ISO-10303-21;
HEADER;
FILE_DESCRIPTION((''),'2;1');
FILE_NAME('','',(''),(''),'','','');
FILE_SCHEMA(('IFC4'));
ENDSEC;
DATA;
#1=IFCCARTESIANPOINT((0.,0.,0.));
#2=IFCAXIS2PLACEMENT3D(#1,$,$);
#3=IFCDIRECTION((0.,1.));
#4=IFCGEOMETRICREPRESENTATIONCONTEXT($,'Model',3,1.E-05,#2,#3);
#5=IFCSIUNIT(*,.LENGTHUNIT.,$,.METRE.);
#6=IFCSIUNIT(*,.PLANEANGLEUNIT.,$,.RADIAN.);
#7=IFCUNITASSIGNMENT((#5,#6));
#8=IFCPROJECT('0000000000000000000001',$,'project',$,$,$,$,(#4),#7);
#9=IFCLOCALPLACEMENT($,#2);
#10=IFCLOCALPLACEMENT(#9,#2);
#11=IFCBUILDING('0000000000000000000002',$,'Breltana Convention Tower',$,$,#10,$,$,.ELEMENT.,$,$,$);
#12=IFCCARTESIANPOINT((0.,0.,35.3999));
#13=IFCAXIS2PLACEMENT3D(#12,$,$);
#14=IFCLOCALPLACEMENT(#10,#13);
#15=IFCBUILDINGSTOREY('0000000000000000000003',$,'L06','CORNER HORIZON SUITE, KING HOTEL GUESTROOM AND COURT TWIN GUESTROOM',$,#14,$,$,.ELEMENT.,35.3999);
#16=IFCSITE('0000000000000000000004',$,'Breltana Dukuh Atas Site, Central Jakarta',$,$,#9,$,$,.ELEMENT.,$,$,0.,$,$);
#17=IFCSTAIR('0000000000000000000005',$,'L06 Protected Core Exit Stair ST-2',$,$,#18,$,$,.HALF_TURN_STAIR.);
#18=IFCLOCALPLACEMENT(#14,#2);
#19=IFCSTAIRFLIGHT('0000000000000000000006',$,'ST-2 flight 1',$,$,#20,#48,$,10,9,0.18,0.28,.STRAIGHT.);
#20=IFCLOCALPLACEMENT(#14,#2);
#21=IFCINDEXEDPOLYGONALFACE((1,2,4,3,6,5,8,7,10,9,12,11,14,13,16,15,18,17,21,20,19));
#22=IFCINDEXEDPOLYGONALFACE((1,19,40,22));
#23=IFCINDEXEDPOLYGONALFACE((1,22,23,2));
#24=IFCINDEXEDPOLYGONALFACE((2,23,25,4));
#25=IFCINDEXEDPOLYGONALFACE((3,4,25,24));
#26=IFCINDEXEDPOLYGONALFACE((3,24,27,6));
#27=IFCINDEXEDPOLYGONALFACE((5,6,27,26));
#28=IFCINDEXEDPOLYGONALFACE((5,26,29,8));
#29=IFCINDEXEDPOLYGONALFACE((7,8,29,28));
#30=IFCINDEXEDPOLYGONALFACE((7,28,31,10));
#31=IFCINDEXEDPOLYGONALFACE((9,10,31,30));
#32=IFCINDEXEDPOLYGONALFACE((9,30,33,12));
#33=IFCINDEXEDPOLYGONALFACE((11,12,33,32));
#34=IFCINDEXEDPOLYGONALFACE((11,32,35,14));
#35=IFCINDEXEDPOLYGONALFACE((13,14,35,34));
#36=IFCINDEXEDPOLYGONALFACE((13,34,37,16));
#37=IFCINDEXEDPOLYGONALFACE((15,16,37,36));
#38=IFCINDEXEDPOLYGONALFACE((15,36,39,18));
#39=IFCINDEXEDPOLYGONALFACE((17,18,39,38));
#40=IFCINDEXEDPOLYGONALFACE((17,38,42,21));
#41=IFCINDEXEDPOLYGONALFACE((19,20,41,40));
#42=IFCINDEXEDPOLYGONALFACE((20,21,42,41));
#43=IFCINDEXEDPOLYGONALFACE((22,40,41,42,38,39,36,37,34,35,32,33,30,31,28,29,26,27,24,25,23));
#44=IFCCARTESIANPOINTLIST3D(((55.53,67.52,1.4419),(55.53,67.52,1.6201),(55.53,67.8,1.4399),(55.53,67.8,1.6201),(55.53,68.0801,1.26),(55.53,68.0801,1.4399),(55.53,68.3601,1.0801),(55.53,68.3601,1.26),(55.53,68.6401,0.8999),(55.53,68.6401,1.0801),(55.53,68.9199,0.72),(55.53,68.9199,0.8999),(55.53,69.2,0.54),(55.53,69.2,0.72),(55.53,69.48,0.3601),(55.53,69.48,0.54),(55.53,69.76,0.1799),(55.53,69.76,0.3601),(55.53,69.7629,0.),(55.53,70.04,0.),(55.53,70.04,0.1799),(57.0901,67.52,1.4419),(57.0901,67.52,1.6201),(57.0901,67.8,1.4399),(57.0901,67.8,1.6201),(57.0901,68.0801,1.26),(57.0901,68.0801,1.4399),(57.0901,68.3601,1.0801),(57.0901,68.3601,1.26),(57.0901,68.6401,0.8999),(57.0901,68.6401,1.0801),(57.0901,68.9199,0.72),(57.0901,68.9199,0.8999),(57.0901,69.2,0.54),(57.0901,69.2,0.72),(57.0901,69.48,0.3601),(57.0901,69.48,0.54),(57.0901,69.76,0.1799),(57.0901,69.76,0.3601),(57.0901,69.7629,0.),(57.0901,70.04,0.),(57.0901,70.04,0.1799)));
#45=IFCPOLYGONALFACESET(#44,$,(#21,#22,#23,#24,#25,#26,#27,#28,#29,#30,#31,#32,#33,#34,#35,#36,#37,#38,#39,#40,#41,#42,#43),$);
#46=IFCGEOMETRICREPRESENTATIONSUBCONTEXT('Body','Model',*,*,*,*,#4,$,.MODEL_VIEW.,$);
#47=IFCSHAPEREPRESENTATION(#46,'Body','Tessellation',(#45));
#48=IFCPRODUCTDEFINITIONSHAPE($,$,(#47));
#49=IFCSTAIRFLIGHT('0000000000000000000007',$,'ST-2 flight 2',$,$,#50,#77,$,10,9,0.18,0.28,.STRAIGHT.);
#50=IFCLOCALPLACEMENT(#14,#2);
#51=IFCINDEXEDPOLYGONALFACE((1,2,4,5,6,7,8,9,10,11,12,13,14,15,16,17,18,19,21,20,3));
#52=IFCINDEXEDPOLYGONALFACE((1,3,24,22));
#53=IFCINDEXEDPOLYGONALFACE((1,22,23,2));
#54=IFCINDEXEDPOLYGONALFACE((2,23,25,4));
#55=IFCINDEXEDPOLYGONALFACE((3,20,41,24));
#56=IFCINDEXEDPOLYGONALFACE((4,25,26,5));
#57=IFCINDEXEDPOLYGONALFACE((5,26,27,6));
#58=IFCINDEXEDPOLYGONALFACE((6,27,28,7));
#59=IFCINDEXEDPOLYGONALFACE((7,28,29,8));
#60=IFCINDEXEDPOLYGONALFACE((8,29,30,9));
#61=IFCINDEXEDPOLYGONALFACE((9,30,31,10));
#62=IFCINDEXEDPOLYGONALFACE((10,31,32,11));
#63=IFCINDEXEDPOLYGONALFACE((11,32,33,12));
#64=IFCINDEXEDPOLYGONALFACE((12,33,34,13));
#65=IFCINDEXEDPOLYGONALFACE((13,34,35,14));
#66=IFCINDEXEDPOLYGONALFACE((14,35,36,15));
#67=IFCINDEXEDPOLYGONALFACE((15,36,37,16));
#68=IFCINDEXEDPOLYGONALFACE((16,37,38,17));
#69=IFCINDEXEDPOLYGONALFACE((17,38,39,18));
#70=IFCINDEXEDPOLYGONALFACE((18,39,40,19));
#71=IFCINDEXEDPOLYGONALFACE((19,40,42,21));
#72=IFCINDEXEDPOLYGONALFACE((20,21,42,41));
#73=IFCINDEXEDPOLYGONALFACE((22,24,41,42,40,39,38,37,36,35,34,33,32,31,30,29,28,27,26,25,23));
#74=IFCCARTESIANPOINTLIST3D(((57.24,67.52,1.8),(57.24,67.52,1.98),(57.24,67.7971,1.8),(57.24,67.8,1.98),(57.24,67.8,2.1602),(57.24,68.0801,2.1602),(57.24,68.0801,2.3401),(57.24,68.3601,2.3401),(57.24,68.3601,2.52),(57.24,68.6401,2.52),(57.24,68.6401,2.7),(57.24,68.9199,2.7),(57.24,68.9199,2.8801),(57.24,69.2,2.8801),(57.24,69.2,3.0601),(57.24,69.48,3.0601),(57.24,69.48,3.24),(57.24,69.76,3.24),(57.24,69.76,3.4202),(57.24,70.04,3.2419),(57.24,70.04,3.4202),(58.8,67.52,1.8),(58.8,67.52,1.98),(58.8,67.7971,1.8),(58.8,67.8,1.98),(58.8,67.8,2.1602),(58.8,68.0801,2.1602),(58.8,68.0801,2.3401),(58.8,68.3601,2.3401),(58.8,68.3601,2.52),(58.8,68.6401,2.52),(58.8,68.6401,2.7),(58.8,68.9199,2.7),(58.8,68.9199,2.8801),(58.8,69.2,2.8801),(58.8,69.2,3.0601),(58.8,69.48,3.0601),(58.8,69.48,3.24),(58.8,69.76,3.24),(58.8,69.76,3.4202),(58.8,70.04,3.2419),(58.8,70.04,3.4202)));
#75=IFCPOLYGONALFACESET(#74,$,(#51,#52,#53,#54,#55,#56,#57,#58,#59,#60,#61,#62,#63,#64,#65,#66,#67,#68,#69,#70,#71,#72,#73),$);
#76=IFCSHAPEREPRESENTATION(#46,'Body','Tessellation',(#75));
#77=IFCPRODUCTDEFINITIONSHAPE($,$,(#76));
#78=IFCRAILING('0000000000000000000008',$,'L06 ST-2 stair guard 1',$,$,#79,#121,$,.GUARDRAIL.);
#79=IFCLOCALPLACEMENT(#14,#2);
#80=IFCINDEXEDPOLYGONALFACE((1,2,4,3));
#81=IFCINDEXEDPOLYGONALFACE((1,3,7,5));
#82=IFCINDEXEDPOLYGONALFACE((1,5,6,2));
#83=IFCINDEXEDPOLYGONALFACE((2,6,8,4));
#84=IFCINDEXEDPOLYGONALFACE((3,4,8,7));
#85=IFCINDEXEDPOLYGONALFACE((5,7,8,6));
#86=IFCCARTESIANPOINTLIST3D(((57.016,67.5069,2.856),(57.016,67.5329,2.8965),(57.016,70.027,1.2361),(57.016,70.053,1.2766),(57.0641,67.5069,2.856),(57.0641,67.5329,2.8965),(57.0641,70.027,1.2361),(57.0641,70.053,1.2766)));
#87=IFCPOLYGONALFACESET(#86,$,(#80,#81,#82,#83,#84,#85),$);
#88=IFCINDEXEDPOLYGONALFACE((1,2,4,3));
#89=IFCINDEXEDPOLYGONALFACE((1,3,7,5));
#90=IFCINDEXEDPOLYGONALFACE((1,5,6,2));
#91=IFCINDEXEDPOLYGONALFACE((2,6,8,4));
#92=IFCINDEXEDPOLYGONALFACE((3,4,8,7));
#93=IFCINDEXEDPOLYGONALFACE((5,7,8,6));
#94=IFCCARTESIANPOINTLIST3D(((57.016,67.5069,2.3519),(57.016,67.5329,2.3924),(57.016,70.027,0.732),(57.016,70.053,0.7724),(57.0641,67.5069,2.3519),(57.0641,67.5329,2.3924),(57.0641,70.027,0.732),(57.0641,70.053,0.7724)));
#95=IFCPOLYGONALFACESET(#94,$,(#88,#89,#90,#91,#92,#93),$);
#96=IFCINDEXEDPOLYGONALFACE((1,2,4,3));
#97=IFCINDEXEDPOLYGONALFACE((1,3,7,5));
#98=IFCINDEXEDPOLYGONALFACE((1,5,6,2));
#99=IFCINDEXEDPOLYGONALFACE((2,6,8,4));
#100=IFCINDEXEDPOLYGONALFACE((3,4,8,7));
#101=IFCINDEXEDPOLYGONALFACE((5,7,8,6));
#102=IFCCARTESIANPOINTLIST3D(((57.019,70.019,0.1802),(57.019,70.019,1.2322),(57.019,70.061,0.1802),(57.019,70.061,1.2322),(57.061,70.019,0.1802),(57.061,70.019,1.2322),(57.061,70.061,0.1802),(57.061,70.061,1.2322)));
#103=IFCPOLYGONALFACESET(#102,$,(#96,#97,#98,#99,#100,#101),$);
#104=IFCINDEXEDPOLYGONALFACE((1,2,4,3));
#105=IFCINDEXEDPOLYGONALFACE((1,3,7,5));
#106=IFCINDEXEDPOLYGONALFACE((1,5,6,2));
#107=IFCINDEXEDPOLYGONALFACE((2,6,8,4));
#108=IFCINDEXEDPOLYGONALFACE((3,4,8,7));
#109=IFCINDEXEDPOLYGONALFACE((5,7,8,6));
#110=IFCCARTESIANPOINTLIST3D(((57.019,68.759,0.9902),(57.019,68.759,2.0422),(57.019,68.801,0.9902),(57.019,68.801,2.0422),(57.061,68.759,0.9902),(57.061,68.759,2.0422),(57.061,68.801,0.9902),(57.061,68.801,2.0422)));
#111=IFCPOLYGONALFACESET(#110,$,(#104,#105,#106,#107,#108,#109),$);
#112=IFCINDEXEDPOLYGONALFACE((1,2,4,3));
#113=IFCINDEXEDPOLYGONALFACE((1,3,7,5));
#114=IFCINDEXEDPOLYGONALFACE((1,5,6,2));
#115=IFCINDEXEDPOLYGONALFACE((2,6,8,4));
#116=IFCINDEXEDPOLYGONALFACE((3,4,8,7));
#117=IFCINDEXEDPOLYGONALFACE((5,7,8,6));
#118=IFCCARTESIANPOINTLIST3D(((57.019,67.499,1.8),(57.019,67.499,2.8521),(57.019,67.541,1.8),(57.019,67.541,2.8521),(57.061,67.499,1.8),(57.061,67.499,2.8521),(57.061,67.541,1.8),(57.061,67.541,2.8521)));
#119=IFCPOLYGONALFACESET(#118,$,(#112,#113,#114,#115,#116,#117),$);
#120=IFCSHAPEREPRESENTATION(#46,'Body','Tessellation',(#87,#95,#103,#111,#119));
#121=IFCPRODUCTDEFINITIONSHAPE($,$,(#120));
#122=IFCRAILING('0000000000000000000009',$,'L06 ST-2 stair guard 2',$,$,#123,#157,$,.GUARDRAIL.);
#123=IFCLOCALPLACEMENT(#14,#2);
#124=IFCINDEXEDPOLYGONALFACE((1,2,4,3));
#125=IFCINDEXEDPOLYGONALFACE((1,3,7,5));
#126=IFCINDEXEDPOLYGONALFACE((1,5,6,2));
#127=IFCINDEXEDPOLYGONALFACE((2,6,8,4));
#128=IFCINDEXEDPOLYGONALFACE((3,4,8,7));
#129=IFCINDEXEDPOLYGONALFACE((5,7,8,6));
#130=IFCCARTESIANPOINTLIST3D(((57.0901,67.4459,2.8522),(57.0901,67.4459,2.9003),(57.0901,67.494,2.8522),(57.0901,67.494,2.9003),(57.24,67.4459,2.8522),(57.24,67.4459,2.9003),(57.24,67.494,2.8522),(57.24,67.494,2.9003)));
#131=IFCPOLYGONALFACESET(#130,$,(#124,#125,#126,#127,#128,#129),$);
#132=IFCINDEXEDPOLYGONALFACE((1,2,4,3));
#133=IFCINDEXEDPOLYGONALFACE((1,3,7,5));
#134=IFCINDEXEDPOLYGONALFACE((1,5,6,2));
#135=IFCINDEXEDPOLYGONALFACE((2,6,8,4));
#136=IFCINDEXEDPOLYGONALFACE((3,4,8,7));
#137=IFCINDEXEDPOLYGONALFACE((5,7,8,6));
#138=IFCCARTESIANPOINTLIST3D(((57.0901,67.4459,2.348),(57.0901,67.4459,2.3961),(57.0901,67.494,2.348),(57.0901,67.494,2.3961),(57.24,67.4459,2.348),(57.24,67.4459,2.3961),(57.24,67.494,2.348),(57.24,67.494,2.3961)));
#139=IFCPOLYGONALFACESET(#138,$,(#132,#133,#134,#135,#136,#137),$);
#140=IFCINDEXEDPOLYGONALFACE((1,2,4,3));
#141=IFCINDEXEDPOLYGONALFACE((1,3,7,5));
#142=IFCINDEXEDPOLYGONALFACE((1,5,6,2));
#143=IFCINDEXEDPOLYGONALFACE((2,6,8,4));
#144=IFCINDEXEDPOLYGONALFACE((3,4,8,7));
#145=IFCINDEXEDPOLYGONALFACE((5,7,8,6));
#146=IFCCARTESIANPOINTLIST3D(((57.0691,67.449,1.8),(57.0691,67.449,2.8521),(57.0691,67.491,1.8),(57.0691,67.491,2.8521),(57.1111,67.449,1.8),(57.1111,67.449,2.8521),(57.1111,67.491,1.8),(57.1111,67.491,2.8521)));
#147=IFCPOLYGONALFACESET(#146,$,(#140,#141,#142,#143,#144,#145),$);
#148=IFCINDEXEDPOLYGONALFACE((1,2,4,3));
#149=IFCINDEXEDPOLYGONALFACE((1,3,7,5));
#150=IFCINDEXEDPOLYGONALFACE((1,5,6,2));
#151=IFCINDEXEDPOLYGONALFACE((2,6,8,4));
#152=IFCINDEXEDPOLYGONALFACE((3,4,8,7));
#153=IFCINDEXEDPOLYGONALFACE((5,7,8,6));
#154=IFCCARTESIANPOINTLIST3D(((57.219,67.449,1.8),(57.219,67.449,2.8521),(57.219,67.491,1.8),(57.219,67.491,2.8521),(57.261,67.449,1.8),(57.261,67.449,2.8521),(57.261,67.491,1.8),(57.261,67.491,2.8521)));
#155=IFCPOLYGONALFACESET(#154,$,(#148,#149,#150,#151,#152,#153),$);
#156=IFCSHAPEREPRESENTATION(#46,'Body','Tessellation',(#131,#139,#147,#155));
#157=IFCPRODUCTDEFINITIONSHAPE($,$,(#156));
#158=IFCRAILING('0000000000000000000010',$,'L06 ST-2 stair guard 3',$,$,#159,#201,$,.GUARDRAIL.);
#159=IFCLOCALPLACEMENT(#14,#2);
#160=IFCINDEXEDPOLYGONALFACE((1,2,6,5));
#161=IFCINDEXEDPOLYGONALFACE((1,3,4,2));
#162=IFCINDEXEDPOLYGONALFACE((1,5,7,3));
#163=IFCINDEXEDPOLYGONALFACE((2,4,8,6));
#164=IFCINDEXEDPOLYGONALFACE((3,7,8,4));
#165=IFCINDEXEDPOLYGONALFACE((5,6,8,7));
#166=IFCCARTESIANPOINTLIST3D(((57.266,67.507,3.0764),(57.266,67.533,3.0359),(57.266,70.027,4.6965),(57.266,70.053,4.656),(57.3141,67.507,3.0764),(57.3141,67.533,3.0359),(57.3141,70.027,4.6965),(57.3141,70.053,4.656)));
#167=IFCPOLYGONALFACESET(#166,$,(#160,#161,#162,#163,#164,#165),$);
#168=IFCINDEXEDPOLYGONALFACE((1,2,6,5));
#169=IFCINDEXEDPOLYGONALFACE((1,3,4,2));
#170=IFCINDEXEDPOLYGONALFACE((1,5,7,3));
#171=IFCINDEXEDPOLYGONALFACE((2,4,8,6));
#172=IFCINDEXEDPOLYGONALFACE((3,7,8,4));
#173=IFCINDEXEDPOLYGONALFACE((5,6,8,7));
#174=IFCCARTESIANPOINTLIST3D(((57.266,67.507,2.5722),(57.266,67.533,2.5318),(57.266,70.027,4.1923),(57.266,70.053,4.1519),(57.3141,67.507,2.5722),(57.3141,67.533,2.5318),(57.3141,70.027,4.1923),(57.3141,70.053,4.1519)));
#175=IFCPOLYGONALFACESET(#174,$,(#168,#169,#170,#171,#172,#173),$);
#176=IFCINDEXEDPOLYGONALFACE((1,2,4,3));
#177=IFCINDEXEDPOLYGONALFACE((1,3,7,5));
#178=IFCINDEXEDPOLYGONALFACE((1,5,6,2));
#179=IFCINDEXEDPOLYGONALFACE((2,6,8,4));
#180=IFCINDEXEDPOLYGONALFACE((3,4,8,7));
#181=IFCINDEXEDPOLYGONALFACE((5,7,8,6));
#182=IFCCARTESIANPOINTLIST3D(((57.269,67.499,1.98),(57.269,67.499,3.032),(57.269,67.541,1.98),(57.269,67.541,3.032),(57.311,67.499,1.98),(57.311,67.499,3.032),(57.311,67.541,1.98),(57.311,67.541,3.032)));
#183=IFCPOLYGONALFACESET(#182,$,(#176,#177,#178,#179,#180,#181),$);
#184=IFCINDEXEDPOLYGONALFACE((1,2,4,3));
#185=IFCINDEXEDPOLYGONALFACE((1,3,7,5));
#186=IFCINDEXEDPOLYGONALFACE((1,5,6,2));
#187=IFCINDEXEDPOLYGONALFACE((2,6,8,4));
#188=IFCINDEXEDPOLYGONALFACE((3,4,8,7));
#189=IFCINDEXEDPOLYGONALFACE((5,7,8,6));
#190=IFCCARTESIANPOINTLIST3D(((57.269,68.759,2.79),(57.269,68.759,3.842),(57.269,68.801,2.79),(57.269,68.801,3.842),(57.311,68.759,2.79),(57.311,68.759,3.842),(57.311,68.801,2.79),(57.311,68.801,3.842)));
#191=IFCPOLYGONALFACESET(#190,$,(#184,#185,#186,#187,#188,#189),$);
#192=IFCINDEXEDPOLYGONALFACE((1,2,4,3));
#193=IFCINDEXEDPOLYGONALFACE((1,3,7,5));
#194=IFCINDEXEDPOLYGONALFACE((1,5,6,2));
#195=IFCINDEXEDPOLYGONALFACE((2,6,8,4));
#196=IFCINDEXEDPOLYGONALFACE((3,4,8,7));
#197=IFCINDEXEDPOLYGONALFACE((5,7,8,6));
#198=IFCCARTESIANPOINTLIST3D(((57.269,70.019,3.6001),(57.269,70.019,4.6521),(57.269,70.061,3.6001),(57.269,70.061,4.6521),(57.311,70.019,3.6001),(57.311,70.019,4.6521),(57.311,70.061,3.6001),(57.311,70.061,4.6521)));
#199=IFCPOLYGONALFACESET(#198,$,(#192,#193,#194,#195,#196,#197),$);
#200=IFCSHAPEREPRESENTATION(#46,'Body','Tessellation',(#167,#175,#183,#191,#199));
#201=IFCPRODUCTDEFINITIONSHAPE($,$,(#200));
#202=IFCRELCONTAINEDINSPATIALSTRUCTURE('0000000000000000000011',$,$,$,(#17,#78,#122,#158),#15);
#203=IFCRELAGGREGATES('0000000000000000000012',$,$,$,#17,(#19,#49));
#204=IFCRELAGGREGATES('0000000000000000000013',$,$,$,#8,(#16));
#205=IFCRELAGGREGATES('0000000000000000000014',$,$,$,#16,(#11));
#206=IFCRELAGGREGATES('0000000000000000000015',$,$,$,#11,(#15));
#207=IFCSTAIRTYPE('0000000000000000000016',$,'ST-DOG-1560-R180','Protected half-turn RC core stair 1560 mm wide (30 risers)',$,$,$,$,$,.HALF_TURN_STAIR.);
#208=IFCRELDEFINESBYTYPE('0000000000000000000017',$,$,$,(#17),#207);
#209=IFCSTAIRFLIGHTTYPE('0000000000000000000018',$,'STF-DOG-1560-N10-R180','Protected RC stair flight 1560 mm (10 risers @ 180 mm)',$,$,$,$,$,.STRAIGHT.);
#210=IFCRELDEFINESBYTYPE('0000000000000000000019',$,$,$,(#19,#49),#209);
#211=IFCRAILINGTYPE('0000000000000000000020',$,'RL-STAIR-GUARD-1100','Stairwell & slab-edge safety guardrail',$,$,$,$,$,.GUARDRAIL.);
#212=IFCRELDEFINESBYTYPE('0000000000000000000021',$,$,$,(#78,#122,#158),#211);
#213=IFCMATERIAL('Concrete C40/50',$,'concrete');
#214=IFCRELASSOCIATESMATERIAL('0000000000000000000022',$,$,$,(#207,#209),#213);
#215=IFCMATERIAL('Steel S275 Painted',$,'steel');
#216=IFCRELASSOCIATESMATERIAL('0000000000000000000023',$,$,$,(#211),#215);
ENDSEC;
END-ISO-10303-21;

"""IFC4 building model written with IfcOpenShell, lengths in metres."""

from ifc_helpers import new_model, si_unit, direction, frame, origin, origin_2d, place, context, subcontext, project, spatial, polyline, rectangle, outline, extrude, material, type_object, element, aggregate, save


model = new_model("IFC4")

# Units and contexts
model_context = context("Model", 3, precision=1e-05, world=origin(), true_north=direction((0.0, 1.0)))
body_context = subcontext(model_context, "Body", "Model", "MODEL_VIEW")
ifc_project = project(units=[si_unit("LENGTHUNIT", "METRE"), si_unit("PLANEANGLEUNIT", "RADIAN")], contexts=[model_context])

# Site, building, storey
site_placement = place(None, origin())
site = spatial("IfcSite", under=ifc_project, at=site_placement, Name="Breltana Dukuh Atas Site, Central Jakarta", CompositionType="ELEMENT", RefElevation=0.0)
building_placement = place(site_placement, origin())
building = spatial("IfcBuilding", under=site, at=building_placement, Name="Breltana Convention Tower", CompositionType="ELEMENT")
storey_placement = place(building_placement, frame((0.0, 0.0, 35.3999)))
storey = spatial("IfcBuildingStorey", under=building, at=storey_placement, Name="L06", Description="CORNER HORIZON SUITE, KING HOTEL GUESTROOM AND COURT TWIN GUESTROOM", CompositionType="ELEMENT", Elevation=35.3999)

# Stair, stair flights
ifc_material_1 = material(Name="Concrete C40/50", Category="concrete")
stair_type = type_object("IfcStairType", Name="ST-DOG-1560-R180", Description="Protected half-turn RC core stair 1560 mm wide (30 risers)", PredefinedType="HALF_TURN_STAIR", material=ifc_material_1)
stair_placement = place(storey_placement, origin())
stair = element("IfcStair", 1, at=stair_placement, inside=storey, type_object=stair_type, Name="L06 Protected Core Exit Stair ST-2", PredefinedType="HALF_TURN_STAIR")
stair_flight_type = type_object("IfcStairFlightType", Name="STF-DOG-1560-N10-R180", Description="Protected RC stair flight 1560 mm (10 risers @ 180 mm)", PredefinedType="STRAIGHT", material=ifc_material_1)
stair_flight_1_placement = place(storey_placement, frame((56.3101, 70.04, 0.0), z_axis=(0.0, 0.0, 1.0), x_axis=(0.0, -1.0, 0.0)))
stair_flight_1 = element("IfcStairFlight", 2, at=stair_flight_1_placement, type_object=stair_flight_type, Name="ST-2 flight 1", NumberOfRisers=10, NumberOfTreads=9, PredefinedType="STRAIGHT", RiserHeight=0.18, TreadLength=0.28, context=body_context, shape_type="SweptSolid", body=[
    extrude(outline(polyline([(0.0, 0.0), (0.0, 0.1799), (0.28, 0.1799), (0.28, 0.3601), (0.5601, 0.3601), (0.5601, 0.54), (0.8401, 0.54), (0.8401, 0.72), (1.1201, 0.72), (1.1201, 0.8999), (1.3999, 0.8999), (1.3999, 1.0801), (1.6799, 1.0801), (1.6799, 1.26), (1.96, 1.26), (1.96, 1.4399), (2.24, 1.4399), (2.24, 1.6201), (2.52, 1.6201), (2.52, 1.8), (2.52, 1.4419), (0.2771, 0.0), (0.0, 0.0)])), frame((0.0, 0.78, 0.0), z_axis=(0.0, -1.0, 0.0), x_axis=(1.0, 0.0, 0.0)), (0.0, 0.0, 1.0), 1.5601),
])
stair_flight_2_placement = place(storey_placement, frame((58.02, 67.52, 1.8), z_axis=(0.0, 0.0, 1.0), x_axis=(0.0, 1.0, 0.0)))
stair_flight_2 = element("IfcStairFlight", 3, at=stair_flight_2_placement, type_object=stair_flight_type, Name="ST-2 flight 2", NumberOfRisers=10, NumberOfTreads=9, PredefinedType="STRAIGHT", RiserHeight=0.18, TreadLength=0.28, context=body_context, shape_type="SweptSolid", body=[
    extrude(outline(polyline([(0.0, 0.0), (0.0, 0.1799), (0.28, 0.1799), (0.28, 0.3601), (0.5601, 0.3601), (0.5601, 0.54), (0.8401, 0.54), (0.8401, 0.72), (1.1201, 0.72), (1.1201, 0.8999), (1.3999, 0.8999), (1.3999, 1.0801), (1.6799, 1.0801), (1.6799, 1.26), (1.96, 1.26), (1.96, 1.4399), (2.24, 1.4399), (2.24, 1.6201), (2.52, 1.6201), (2.52, 1.8), (2.52, 1.4419), (0.2771, 0.0), (0.0, 0.0)])), frame((0.0, 0.78, 0.0), z_axis=(0.0, -1.0, 0.0), x_axis=(1.0, 0.0, 0.0)), (0.0, 0.0, 1.0), 1.5601),
])
aggregate(stair, [stair_flight_1, stair_flight_2])

# Railings
ifc_material_2 = material(Name="Steel S275 Painted", Category="steel")
railing_type_1 = type_object("IfcRailingType", Name="RL-STAIR-GUARD-1100", Description="Stairwell & slab-edge safety guardrail", PredefinedType="GUARDRAIL", material=ifc_material_2)
railing_1_placement = place(storey_placement, frame((57.04, 70.04, 0.1802)))
element("IfcRailing", 4, at=railing_1_placement, inside=storey, type_object=railing_type_1, Name="L06 ST-2 stair guard 1", PredefinedType="GUARDRAIL", context=body_context, shape_type="SweptSolid", body=[
    extrude(rectangle(XDim=0.0481, YDim=0.0481, at=origin_2d()), frame((0.0, 0.0, 1.0762), z_axis=(0.0, -0.8412, 0.540725), x_axis=(1.0, 0.0, 0.0)), (0.0, 0.0, 1.0), 2.9958),
    extrude(rectangle(XDim=0.0481, YDim=0.0481, at=origin_2d()), frame((0.0, 0.0, 0.572), z_axis=(0.0, -0.8412, 0.540725), x_axis=(1.0, 0.0, 0.0)), (0.0, 0.0, 1.0), 2.9958),
    extrude(rectangle(XDim=0.042, YDim=0.042, at=origin_2d()), origin(), (0.0, 0.0, 1.0), 1.052),
    extrude(rectangle(XDim=0.042, YDim=0.042, at=origin_2d()), frame((0.0, -1.26, 0.8101)), (0.0, 0.0, 1.0), 1.052),
    extrude(rectangle(XDim=0.042, YDim=0.042, at=origin_2d()), frame((0.0, -2.52, 1.6199)), (0.0, 0.0, 1.0), 1.052),
])
railing_2_placement = place(storey_placement, frame((57.0901, 67.47, 1.8)))
element("IfcRailing", 5, at=railing_2_placement, inside=storey, type_object=railing_type_1, Name="L06 ST-2 stair guard 2", PredefinedType="GUARDRAIL", context=body_context, shape_type="SweptSolid", body=[
    extrude(rectangle(XDim=0.0481, YDim=0.0481, at=origin_2d()), frame((0.0, 0.0, 1.0762), z_axis=(1.0, 0.0, 0.0), x_axis=(0.0, 1.0, 0.0)), (0.0, 0.0, 1.0), 0.1499),
    extrude(rectangle(XDim=0.0481, YDim=0.0481, at=origin_2d()), frame((0.0, 0.0, 0.572), z_axis=(1.0, 0.0, 0.0), x_axis=(0.0, 1.0, 0.0)), (0.0, 0.0, 1.0), 0.1499),
    extrude(rectangle(XDim=0.042, YDim=0.042, at=origin_2d()), origin(), (0.0, 0.0, 1.0), 1.052),
    extrude(rectangle(XDim=0.042, YDim=0.042, at=origin_2d()), frame((0.1499, 0.0, 0.0)), (0.0, 0.0, 1.0), 1.052),
])
railing_3_placement = place(storey_placement, frame((57.29, 67.52, 1.98)))
element("IfcRailing", 6, at=railing_3_placement, inside=storey, type_object=railing_type_1, Name="L06 ST-2 stair guard 3", PredefinedType="GUARDRAIL", context=body_context, shape_type="SweptSolid", body=[
    extrude(rectangle(XDim=0.0481, YDim=0.0481, at=origin_2d()), frame((0.0, 0.0, 1.0762), z_axis=(0.0, 0.841163, 0.540782), x_axis=(-1.0, 0.0, 0.0)), (0.0, 0.0, 1.0), 2.9958),
    extrude(rectangle(XDim=0.0481, YDim=0.0481, at=origin_2d()), frame((0.0, 0.0, 0.572), z_axis=(0.0, 0.841163, 0.540782), x_axis=(-1.0, 0.0, 0.0)), (0.0, 0.0, 1.0), 2.9958),
    extrude(rectangle(XDim=0.042, YDim=0.042, at=origin_2d()), origin(), (0.0, 0.0, 1.0), 1.052),
    extrude(rectangle(XDim=0.042, YDim=0.042, at=origin_2d()), frame((0.0, 1.26, 0.8101)), (0.0, 0.0, 1.0), 1.052),
    extrude(rectangle(XDim=0.042, YDim=0.042, at=origin_2d()), frame((0.0, 2.52, 1.6201)), (0.0, 0.0, 1.0), 1.052),
])

save(model, "model.ifc")
